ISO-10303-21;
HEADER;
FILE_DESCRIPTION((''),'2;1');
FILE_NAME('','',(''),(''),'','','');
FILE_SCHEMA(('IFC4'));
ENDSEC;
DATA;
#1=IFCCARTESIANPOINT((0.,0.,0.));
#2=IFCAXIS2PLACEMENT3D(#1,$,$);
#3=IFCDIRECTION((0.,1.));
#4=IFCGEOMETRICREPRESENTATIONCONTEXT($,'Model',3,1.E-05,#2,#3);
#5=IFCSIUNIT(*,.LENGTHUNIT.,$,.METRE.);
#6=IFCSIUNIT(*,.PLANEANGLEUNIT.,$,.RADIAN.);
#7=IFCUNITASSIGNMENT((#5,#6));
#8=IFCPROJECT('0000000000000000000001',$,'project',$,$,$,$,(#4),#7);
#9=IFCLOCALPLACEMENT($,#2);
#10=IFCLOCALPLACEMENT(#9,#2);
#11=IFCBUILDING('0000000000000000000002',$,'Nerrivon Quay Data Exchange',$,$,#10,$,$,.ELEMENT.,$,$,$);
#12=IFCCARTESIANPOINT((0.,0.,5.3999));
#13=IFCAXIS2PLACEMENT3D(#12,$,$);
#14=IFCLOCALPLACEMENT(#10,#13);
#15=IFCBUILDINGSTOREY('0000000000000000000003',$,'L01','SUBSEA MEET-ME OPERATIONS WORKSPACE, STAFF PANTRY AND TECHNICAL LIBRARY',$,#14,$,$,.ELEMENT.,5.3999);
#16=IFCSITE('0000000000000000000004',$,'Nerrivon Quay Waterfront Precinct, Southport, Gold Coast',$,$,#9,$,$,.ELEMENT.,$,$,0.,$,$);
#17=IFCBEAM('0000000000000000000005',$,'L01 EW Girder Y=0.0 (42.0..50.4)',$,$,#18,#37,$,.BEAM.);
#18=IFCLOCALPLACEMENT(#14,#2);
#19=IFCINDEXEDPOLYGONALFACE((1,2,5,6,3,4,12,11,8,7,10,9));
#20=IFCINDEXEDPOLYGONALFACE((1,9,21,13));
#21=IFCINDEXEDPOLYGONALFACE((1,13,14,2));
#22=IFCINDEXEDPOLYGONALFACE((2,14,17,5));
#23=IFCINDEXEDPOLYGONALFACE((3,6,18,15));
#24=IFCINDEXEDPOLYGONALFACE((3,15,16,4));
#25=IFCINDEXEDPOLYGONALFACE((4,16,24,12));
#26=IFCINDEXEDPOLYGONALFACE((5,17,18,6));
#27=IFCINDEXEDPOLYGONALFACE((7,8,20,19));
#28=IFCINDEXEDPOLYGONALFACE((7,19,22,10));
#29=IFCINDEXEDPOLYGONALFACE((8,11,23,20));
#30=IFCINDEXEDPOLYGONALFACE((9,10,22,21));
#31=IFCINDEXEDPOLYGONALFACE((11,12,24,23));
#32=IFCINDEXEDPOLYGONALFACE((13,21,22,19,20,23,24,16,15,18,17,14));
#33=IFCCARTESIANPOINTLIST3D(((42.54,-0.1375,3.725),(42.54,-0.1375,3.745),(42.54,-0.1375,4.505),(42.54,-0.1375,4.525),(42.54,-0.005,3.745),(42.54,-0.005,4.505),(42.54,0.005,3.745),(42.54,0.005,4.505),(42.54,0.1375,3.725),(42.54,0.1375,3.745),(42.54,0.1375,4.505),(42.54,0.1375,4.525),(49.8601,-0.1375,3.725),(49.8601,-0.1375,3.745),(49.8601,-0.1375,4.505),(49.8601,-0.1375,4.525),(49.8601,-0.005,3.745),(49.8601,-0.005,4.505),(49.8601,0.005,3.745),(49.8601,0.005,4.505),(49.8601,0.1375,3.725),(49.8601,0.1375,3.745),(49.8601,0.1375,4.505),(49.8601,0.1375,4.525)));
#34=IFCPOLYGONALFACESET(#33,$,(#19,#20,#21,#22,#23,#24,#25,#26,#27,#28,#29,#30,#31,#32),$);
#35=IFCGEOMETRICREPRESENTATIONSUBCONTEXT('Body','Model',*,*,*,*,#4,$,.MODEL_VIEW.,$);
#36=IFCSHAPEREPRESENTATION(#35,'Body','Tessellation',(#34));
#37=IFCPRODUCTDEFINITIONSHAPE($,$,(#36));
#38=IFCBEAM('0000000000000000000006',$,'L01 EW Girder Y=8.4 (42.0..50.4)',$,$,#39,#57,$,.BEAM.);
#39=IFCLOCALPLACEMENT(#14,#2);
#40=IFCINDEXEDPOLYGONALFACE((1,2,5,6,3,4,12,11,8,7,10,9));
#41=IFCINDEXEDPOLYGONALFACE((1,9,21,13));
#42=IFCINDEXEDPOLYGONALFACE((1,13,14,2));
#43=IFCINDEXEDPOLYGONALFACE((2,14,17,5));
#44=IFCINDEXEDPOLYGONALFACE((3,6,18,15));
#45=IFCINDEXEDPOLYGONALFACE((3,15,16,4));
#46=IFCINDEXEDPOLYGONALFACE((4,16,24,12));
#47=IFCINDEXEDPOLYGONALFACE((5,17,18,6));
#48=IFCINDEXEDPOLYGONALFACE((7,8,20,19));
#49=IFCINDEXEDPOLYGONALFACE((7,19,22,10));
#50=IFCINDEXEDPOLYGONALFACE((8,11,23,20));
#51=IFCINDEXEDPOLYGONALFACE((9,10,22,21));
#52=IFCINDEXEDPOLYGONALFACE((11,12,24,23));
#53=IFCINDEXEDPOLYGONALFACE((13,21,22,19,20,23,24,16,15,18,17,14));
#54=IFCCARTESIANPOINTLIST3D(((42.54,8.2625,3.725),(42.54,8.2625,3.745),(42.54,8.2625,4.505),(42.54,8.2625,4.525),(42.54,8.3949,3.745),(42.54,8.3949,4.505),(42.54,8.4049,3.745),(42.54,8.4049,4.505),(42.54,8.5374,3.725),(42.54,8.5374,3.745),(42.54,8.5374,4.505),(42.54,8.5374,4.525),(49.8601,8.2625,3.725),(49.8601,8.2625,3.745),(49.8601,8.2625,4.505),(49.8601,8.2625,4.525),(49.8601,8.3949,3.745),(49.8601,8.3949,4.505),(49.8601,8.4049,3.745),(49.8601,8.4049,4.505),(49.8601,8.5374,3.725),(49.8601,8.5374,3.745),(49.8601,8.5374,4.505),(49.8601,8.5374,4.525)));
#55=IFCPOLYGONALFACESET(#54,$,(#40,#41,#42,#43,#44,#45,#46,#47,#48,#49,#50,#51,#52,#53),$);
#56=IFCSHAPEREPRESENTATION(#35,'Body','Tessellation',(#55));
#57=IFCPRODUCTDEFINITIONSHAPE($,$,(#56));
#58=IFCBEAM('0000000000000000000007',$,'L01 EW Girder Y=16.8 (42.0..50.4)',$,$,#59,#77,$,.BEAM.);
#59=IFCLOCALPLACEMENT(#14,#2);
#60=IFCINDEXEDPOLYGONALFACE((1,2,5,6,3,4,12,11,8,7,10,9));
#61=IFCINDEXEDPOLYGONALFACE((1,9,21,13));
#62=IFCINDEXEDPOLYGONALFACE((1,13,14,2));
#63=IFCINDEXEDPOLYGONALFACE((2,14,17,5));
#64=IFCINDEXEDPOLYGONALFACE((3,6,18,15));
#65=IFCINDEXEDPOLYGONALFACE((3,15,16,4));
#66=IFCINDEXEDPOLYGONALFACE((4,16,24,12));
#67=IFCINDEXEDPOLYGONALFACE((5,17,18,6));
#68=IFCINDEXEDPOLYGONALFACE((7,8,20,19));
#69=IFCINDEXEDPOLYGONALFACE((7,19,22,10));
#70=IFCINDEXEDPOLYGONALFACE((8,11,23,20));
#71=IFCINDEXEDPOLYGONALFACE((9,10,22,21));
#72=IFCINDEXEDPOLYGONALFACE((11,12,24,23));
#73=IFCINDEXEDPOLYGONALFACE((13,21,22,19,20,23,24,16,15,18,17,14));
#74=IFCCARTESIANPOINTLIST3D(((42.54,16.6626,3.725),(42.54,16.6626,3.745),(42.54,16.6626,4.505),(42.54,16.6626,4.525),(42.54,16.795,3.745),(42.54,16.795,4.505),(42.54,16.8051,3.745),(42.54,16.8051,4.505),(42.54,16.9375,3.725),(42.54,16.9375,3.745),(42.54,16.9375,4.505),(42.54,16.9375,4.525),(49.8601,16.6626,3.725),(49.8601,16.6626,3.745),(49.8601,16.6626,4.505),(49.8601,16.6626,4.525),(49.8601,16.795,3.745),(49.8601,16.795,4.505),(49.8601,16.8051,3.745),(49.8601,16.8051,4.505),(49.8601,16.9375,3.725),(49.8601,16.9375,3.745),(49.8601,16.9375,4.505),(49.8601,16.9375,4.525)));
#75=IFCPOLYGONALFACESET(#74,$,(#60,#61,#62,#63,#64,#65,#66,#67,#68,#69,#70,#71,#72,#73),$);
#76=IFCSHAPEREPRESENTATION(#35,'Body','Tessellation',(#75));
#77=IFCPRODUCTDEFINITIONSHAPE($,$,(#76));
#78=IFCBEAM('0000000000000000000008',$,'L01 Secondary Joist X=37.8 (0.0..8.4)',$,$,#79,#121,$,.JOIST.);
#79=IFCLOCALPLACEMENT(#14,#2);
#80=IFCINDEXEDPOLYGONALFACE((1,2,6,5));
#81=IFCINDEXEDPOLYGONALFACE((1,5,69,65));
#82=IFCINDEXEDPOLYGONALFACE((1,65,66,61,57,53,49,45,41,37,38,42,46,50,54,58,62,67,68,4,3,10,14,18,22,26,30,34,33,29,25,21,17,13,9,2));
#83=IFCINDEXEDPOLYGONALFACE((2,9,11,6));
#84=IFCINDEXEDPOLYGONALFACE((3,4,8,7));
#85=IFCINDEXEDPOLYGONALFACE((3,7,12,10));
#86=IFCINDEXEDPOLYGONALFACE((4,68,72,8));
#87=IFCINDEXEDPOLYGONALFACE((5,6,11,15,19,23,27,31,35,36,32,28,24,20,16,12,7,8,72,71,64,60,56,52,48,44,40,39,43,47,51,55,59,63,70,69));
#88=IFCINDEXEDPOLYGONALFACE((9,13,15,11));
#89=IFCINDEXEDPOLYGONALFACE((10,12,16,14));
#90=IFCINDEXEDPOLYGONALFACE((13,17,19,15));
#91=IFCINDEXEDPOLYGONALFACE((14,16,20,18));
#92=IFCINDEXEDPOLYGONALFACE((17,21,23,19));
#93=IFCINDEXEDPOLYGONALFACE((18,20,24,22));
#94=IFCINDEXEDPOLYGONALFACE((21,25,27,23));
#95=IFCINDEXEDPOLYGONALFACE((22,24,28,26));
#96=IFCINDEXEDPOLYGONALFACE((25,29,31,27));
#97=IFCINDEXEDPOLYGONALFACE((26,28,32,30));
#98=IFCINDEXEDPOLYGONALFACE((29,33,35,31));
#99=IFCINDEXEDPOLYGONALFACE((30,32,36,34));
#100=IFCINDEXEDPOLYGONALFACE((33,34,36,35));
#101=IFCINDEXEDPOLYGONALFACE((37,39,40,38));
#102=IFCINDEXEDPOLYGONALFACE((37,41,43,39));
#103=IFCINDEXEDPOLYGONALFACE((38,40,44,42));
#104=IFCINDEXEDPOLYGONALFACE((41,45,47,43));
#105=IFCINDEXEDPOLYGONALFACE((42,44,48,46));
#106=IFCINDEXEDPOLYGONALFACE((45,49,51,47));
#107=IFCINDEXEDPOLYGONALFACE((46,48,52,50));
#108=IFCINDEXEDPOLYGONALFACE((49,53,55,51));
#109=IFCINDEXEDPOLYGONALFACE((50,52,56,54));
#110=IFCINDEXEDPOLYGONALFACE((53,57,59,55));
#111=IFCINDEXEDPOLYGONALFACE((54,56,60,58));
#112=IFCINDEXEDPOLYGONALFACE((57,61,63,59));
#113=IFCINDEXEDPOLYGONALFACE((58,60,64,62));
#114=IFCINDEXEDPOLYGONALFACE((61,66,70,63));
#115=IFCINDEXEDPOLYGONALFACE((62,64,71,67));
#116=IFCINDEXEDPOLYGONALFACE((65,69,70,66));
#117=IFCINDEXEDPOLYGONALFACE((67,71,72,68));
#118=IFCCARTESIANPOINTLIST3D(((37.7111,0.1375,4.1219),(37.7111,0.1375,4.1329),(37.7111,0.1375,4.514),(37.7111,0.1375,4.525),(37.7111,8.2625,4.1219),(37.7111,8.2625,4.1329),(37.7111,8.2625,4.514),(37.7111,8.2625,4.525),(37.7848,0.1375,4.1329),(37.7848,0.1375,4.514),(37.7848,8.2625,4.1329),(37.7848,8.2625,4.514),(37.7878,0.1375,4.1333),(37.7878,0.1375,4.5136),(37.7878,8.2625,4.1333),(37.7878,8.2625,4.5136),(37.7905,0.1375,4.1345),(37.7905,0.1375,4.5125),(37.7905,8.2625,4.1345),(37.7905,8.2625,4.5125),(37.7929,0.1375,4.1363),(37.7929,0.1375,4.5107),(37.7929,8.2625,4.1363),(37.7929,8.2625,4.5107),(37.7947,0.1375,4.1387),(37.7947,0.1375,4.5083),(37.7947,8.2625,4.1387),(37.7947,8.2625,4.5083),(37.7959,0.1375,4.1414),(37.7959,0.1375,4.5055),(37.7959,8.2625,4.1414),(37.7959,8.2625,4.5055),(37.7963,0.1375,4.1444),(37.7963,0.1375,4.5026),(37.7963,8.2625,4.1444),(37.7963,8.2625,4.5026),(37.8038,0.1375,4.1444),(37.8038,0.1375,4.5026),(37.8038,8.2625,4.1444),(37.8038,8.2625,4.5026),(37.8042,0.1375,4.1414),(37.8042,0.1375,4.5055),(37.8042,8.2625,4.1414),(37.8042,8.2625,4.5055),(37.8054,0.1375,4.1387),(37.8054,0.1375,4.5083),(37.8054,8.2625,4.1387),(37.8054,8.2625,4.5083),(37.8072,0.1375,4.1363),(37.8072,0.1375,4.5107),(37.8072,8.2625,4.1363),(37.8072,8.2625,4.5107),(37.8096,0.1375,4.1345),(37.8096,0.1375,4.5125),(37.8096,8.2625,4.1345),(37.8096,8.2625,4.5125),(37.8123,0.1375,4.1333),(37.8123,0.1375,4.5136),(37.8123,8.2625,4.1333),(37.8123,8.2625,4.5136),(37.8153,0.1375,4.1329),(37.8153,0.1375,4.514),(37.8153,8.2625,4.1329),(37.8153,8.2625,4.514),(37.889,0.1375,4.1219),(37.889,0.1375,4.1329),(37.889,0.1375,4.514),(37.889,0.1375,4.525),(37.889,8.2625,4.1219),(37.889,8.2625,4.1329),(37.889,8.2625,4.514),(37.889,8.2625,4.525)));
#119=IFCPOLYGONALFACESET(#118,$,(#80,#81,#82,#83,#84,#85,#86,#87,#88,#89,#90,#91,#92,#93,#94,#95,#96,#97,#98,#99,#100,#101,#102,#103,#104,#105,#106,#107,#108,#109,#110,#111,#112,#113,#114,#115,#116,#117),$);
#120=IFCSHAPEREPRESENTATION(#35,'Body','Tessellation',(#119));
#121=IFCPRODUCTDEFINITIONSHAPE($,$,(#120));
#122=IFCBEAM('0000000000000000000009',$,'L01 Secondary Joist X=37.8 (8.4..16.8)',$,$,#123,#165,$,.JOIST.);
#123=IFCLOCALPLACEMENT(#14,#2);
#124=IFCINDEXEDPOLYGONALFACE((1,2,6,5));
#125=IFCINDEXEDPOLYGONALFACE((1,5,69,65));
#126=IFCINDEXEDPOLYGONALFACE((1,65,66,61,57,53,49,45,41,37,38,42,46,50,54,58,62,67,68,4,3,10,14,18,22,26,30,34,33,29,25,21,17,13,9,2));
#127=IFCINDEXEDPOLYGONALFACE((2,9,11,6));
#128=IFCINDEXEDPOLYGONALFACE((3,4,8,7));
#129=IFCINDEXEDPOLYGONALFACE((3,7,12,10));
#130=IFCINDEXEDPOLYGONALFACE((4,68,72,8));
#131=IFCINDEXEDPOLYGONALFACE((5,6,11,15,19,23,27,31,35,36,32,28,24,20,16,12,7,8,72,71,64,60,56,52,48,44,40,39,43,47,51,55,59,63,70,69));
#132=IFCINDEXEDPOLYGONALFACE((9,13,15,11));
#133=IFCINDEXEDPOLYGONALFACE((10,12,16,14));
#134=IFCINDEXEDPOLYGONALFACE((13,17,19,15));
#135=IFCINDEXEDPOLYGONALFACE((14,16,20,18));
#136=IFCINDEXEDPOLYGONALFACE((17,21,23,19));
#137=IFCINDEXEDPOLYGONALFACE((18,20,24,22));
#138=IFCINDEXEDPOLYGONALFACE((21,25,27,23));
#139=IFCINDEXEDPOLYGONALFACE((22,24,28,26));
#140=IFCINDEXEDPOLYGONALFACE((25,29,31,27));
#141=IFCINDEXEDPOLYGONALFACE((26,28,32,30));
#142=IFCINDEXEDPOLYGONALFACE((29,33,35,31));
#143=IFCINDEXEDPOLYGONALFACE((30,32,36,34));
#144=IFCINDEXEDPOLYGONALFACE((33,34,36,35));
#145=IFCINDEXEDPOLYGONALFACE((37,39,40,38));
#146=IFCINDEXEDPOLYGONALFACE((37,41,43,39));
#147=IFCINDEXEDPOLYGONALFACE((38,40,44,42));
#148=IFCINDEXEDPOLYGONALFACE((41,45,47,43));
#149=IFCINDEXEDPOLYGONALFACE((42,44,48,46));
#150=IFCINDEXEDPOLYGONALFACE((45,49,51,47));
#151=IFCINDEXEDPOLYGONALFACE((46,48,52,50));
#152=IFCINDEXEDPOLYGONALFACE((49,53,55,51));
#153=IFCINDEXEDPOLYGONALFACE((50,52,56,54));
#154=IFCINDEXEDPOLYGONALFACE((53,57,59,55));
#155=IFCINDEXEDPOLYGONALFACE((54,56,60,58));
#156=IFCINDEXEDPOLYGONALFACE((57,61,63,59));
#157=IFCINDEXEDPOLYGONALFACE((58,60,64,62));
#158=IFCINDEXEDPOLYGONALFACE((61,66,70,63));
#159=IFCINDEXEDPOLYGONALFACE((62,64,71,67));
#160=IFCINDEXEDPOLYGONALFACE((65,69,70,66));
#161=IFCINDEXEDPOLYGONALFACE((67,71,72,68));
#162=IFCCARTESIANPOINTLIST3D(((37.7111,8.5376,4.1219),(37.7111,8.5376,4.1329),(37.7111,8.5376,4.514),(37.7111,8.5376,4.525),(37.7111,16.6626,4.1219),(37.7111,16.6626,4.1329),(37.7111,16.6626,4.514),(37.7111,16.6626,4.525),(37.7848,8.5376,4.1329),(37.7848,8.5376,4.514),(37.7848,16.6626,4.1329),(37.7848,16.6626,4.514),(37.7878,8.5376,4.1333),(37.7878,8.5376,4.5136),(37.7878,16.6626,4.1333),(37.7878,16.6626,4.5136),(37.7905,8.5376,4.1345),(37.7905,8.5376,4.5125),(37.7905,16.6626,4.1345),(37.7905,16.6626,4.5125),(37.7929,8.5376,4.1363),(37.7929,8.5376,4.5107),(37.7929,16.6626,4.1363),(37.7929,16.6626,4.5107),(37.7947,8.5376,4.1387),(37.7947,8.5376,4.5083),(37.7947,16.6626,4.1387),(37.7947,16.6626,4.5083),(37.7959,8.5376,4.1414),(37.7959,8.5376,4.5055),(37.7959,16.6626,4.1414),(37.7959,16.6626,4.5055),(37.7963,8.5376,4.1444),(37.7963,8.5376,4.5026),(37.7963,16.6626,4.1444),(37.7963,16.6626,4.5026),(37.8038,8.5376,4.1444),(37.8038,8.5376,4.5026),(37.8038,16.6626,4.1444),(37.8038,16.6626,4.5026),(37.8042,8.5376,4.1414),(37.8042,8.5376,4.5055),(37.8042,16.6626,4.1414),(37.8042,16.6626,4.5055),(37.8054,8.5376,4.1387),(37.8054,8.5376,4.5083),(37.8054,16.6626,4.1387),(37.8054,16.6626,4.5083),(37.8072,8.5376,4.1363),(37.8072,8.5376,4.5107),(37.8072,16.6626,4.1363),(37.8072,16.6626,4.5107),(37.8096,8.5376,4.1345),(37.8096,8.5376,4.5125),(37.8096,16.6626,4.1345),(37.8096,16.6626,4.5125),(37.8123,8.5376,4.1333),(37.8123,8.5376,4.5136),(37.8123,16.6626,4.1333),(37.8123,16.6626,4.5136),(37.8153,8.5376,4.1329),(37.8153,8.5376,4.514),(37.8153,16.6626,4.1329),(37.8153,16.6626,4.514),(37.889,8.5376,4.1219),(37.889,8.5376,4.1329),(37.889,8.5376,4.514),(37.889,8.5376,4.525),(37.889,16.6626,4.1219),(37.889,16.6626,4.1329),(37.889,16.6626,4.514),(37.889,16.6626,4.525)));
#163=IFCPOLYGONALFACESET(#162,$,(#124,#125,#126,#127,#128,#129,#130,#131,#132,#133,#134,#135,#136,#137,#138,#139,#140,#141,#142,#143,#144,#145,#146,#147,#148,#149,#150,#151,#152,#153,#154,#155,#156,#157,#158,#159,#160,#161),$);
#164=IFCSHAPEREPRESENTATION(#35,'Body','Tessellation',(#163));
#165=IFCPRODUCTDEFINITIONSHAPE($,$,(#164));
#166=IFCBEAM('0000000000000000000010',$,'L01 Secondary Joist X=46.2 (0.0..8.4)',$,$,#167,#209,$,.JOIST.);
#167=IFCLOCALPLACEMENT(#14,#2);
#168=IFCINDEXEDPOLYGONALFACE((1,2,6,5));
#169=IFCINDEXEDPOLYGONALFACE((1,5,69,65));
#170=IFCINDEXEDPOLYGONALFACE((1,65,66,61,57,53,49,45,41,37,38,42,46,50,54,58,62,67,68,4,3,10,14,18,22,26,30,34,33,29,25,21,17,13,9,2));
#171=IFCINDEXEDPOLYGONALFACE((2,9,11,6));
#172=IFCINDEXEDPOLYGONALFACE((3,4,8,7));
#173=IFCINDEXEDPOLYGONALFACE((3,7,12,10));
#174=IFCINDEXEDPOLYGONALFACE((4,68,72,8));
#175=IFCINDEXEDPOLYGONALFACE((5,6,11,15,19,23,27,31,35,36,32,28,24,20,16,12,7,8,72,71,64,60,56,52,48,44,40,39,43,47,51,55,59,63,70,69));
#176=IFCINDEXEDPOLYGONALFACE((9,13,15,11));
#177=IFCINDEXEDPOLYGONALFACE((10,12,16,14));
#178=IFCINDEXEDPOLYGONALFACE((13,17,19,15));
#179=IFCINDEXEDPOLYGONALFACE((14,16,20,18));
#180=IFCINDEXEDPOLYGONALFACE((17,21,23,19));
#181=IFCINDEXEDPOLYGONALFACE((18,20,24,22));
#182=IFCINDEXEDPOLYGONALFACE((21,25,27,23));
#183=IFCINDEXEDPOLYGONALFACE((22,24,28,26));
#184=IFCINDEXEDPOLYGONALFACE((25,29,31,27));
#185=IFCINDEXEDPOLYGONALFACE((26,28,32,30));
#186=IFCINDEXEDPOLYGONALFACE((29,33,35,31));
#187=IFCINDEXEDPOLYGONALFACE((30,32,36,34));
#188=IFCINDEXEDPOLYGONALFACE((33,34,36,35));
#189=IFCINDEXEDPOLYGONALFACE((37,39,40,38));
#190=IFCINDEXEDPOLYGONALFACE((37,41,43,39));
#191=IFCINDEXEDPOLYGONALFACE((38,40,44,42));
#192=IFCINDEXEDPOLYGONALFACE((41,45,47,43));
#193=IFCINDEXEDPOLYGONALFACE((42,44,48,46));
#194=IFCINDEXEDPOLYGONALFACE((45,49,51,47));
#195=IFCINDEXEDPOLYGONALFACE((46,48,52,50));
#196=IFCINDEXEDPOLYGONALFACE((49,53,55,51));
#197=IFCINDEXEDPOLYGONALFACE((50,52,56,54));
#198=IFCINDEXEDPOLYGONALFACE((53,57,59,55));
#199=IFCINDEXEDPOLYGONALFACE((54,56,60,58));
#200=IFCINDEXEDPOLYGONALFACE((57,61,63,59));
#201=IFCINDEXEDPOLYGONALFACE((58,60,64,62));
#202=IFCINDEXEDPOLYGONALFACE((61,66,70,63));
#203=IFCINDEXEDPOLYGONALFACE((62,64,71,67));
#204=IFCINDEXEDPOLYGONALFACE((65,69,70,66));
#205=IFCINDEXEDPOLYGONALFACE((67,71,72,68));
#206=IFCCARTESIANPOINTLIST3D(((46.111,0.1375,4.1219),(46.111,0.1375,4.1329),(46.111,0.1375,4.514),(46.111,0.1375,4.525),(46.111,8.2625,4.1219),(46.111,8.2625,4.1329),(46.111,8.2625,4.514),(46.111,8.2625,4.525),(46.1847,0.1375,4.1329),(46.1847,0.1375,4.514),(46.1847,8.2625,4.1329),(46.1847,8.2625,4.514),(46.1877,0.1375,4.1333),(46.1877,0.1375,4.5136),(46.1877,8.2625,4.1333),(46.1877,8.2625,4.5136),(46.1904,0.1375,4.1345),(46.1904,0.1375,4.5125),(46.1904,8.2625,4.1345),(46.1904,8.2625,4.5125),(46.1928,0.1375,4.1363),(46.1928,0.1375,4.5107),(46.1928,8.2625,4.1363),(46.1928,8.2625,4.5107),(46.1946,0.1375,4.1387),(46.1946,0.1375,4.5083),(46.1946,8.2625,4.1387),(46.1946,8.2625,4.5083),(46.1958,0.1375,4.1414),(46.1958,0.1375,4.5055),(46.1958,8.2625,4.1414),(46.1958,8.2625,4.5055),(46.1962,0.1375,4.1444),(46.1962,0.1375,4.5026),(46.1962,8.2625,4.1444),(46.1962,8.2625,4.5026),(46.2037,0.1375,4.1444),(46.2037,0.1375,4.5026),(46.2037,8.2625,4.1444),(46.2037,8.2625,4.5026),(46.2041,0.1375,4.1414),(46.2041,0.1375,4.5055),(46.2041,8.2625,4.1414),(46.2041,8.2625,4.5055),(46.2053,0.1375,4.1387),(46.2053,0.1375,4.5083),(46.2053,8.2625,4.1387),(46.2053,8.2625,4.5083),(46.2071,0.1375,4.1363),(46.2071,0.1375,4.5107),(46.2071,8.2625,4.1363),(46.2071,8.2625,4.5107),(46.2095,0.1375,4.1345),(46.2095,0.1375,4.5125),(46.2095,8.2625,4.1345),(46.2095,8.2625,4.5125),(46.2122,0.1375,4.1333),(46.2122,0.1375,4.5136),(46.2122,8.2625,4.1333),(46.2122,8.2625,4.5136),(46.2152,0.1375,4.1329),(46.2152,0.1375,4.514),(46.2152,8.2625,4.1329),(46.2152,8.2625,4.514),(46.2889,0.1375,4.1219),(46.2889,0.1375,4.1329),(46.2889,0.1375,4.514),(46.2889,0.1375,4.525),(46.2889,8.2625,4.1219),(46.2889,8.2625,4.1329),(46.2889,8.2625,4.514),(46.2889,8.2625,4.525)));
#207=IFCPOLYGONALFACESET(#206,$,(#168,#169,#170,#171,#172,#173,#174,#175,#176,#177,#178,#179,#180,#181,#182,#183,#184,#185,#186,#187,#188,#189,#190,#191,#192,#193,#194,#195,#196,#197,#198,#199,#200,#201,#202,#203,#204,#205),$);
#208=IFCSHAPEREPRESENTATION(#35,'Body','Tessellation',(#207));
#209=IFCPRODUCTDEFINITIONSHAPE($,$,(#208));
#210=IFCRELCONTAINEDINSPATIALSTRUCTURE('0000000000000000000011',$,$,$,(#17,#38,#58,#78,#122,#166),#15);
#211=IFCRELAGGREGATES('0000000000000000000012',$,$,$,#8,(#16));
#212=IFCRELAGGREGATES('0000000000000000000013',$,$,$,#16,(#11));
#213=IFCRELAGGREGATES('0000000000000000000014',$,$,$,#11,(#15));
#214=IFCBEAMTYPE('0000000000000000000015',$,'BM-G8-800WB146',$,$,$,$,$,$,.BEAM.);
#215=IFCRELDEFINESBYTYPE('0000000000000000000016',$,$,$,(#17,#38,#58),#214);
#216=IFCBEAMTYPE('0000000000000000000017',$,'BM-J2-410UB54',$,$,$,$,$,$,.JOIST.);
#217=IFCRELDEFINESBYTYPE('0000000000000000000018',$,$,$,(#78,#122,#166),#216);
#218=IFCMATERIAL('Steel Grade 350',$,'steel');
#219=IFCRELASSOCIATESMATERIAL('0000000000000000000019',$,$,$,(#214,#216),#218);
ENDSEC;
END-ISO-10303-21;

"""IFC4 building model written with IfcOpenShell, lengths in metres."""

from ifc_helpers import new_model, si_unit, direction, frame, origin, origin_2d, place, context, subcontext, project, spatial, i_section, extrude, material, material_profile, profile_set, type_object, element, save


model = new_model("IFC4")

# Units and contexts
model_context = context("Model", 3, precision=1e-05, world=origin(), true_north=direction((0.0, 1.0)))
body_context = subcontext(model_context, "Body", "Model", "MODEL_VIEW")
ifc_project = project(units=[si_unit("LENGTHUNIT", "METRE"), si_unit("PLANEANGLEUNIT", "RADIAN")], contexts=[model_context])

# Site, building, storey
site_placement = place(None, origin())
site = spatial("IfcSite", under=ifc_project, at=site_placement, Name="Nerrivon Quay Waterfront Precinct, Southport, Gold Coast", CompositionType="ELEMENT", RefElevation=0.0)
building_placement = place(site_placement, origin())
building = spatial("IfcBuilding", under=site, at=building_placement, Name="Nerrivon Quay Data Exchange", CompositionType="ELEMENT")
storey_placement = place(building_placement, frame((0.0, 0.0, 5.3999)))
storey = spatial("IfcBuildingStorey", under=building, at=storey_placement, Name="L01", Description="SUBSEA MEET-ME OPERATIONS WORKSPACE, STAFF PANTRY AND TECHNICAL LIBRARY", CompositionType="ELEMENT", Elevation=5.3999)

# Beams
ifc_material_1 = material(Name="Steel Grade 350", Category="steel")
ifc_material_profile_1 = material_profile(ifc_material_1, i_section(OverallWidth=0.2749, OverallDepth=0.8, WebThickness=0.01, FlangeThickness=0.02, at=origin_2d()), Name="800WB146")
ifc_profile_set_1 = profile_set([ifc_material_profile_1], Name="Steel Grade 350")
beam_type_1 = type_object("IfcBeamType", Name="BM-G8-800WB146", PredefinedType="BEAM", material=ifc_profile_set_1)
for number, where, z_axis, x_axis, name in (
    (1, (42.54, 0.0, 4.125), (1.0, 0.0, 0.0), (0.0, 1.0, 0.0), "L01 EW Girder Y=0.0 (42.0..50.4)"),
    (2, (42.54, 8.3999, 4.125), (1.0, 0.0, 0.0), (0.0, 1.0, 0.0), "L01 EW Girder Y=8.4 (42.0..50.4)"),
    (3, (42.54, 16.8, 4.125), (1.0, 0.0, 0.0), (0.0, 1.0, 0.0), "L01 EW Girder Y=16.8 (42.0..50.4)"),
):
    element("IfcBeam", number, at=place(storey_placement, frame(where, z_axis=z_axis, x_axis=x_axis)), inside=storey, type_object=beam_type_1, Name=name, PredefinedType="BEAM", context=body_context, shape_type="SweptSolid", body=[
        extrude(i_section(OverallWidth=0.2749, OverallDepth=0.8, WebThickness=0.01, FlangeThickness=0.02, at=origin_2d()), origin(), (0.0, 0.0, 1.0), 7.3201),
    ])
ifc_material_profile_2 = material_profile(ifc_material_1, i_section(OverallWidth=0.178, OverallDepth=0.4031, WebThickness=0.0076, FlangeThickness=0.011, FilletRadius=0.0115, at=origin_2d()), Name="410UB53.7")
ifc_profile_set_2 = profile_set([ifc_material_profile_2], Name="Steel Grade 350")
beam_type_2 = type_object("IfcBeamType", Name="BM-J2-410UB54", PredefinedType="JOIST", material=ifc_profile_set_2)
for number, where, z_axis, x_axis, name in (
    (4, (37.8, 0.1375, 4.3235), (0.0, 1.0, 0.0), (-1.0, 0.0, 0.0), "L01 Secondary Joist X=37.8 (0.0..8.4)"),
    (5, (37.8, 8.5376, 4.3235), (0.0, 1.0, 0.0), (-1.0, 0.0, 0.0), "L01 Secondary Joist X=37.8 (8.4..16.8)"),
    (6, (46.2, 0.1375, 4.3235), (0.0, 1.0, 0.0), (-1.0, 0.0, 0.0), "L01 Secondary Joist X=46.2 (0.0..8.4)"),
):
    element("IfcBeam", number, at=place(storey_placement, frame(where, z_axis=z_axis, x_axis=x_axis)), inside=storey, type_object=beam_type_2, Name=name, PredefinedType="JOIST", context=body_context, shape_type="SweptSolid", body=[
        extrude(i_section(OverallWidth=0.178, OverallDepth=0.4031, WebThickness=0.0076, FlangeThickness=0.011, FilletRadius=0.0115, at=origin_2d()), origin(), (0.0, 0.0, 1.0), 8.125),
    ])

save(model, "model.ifc")
